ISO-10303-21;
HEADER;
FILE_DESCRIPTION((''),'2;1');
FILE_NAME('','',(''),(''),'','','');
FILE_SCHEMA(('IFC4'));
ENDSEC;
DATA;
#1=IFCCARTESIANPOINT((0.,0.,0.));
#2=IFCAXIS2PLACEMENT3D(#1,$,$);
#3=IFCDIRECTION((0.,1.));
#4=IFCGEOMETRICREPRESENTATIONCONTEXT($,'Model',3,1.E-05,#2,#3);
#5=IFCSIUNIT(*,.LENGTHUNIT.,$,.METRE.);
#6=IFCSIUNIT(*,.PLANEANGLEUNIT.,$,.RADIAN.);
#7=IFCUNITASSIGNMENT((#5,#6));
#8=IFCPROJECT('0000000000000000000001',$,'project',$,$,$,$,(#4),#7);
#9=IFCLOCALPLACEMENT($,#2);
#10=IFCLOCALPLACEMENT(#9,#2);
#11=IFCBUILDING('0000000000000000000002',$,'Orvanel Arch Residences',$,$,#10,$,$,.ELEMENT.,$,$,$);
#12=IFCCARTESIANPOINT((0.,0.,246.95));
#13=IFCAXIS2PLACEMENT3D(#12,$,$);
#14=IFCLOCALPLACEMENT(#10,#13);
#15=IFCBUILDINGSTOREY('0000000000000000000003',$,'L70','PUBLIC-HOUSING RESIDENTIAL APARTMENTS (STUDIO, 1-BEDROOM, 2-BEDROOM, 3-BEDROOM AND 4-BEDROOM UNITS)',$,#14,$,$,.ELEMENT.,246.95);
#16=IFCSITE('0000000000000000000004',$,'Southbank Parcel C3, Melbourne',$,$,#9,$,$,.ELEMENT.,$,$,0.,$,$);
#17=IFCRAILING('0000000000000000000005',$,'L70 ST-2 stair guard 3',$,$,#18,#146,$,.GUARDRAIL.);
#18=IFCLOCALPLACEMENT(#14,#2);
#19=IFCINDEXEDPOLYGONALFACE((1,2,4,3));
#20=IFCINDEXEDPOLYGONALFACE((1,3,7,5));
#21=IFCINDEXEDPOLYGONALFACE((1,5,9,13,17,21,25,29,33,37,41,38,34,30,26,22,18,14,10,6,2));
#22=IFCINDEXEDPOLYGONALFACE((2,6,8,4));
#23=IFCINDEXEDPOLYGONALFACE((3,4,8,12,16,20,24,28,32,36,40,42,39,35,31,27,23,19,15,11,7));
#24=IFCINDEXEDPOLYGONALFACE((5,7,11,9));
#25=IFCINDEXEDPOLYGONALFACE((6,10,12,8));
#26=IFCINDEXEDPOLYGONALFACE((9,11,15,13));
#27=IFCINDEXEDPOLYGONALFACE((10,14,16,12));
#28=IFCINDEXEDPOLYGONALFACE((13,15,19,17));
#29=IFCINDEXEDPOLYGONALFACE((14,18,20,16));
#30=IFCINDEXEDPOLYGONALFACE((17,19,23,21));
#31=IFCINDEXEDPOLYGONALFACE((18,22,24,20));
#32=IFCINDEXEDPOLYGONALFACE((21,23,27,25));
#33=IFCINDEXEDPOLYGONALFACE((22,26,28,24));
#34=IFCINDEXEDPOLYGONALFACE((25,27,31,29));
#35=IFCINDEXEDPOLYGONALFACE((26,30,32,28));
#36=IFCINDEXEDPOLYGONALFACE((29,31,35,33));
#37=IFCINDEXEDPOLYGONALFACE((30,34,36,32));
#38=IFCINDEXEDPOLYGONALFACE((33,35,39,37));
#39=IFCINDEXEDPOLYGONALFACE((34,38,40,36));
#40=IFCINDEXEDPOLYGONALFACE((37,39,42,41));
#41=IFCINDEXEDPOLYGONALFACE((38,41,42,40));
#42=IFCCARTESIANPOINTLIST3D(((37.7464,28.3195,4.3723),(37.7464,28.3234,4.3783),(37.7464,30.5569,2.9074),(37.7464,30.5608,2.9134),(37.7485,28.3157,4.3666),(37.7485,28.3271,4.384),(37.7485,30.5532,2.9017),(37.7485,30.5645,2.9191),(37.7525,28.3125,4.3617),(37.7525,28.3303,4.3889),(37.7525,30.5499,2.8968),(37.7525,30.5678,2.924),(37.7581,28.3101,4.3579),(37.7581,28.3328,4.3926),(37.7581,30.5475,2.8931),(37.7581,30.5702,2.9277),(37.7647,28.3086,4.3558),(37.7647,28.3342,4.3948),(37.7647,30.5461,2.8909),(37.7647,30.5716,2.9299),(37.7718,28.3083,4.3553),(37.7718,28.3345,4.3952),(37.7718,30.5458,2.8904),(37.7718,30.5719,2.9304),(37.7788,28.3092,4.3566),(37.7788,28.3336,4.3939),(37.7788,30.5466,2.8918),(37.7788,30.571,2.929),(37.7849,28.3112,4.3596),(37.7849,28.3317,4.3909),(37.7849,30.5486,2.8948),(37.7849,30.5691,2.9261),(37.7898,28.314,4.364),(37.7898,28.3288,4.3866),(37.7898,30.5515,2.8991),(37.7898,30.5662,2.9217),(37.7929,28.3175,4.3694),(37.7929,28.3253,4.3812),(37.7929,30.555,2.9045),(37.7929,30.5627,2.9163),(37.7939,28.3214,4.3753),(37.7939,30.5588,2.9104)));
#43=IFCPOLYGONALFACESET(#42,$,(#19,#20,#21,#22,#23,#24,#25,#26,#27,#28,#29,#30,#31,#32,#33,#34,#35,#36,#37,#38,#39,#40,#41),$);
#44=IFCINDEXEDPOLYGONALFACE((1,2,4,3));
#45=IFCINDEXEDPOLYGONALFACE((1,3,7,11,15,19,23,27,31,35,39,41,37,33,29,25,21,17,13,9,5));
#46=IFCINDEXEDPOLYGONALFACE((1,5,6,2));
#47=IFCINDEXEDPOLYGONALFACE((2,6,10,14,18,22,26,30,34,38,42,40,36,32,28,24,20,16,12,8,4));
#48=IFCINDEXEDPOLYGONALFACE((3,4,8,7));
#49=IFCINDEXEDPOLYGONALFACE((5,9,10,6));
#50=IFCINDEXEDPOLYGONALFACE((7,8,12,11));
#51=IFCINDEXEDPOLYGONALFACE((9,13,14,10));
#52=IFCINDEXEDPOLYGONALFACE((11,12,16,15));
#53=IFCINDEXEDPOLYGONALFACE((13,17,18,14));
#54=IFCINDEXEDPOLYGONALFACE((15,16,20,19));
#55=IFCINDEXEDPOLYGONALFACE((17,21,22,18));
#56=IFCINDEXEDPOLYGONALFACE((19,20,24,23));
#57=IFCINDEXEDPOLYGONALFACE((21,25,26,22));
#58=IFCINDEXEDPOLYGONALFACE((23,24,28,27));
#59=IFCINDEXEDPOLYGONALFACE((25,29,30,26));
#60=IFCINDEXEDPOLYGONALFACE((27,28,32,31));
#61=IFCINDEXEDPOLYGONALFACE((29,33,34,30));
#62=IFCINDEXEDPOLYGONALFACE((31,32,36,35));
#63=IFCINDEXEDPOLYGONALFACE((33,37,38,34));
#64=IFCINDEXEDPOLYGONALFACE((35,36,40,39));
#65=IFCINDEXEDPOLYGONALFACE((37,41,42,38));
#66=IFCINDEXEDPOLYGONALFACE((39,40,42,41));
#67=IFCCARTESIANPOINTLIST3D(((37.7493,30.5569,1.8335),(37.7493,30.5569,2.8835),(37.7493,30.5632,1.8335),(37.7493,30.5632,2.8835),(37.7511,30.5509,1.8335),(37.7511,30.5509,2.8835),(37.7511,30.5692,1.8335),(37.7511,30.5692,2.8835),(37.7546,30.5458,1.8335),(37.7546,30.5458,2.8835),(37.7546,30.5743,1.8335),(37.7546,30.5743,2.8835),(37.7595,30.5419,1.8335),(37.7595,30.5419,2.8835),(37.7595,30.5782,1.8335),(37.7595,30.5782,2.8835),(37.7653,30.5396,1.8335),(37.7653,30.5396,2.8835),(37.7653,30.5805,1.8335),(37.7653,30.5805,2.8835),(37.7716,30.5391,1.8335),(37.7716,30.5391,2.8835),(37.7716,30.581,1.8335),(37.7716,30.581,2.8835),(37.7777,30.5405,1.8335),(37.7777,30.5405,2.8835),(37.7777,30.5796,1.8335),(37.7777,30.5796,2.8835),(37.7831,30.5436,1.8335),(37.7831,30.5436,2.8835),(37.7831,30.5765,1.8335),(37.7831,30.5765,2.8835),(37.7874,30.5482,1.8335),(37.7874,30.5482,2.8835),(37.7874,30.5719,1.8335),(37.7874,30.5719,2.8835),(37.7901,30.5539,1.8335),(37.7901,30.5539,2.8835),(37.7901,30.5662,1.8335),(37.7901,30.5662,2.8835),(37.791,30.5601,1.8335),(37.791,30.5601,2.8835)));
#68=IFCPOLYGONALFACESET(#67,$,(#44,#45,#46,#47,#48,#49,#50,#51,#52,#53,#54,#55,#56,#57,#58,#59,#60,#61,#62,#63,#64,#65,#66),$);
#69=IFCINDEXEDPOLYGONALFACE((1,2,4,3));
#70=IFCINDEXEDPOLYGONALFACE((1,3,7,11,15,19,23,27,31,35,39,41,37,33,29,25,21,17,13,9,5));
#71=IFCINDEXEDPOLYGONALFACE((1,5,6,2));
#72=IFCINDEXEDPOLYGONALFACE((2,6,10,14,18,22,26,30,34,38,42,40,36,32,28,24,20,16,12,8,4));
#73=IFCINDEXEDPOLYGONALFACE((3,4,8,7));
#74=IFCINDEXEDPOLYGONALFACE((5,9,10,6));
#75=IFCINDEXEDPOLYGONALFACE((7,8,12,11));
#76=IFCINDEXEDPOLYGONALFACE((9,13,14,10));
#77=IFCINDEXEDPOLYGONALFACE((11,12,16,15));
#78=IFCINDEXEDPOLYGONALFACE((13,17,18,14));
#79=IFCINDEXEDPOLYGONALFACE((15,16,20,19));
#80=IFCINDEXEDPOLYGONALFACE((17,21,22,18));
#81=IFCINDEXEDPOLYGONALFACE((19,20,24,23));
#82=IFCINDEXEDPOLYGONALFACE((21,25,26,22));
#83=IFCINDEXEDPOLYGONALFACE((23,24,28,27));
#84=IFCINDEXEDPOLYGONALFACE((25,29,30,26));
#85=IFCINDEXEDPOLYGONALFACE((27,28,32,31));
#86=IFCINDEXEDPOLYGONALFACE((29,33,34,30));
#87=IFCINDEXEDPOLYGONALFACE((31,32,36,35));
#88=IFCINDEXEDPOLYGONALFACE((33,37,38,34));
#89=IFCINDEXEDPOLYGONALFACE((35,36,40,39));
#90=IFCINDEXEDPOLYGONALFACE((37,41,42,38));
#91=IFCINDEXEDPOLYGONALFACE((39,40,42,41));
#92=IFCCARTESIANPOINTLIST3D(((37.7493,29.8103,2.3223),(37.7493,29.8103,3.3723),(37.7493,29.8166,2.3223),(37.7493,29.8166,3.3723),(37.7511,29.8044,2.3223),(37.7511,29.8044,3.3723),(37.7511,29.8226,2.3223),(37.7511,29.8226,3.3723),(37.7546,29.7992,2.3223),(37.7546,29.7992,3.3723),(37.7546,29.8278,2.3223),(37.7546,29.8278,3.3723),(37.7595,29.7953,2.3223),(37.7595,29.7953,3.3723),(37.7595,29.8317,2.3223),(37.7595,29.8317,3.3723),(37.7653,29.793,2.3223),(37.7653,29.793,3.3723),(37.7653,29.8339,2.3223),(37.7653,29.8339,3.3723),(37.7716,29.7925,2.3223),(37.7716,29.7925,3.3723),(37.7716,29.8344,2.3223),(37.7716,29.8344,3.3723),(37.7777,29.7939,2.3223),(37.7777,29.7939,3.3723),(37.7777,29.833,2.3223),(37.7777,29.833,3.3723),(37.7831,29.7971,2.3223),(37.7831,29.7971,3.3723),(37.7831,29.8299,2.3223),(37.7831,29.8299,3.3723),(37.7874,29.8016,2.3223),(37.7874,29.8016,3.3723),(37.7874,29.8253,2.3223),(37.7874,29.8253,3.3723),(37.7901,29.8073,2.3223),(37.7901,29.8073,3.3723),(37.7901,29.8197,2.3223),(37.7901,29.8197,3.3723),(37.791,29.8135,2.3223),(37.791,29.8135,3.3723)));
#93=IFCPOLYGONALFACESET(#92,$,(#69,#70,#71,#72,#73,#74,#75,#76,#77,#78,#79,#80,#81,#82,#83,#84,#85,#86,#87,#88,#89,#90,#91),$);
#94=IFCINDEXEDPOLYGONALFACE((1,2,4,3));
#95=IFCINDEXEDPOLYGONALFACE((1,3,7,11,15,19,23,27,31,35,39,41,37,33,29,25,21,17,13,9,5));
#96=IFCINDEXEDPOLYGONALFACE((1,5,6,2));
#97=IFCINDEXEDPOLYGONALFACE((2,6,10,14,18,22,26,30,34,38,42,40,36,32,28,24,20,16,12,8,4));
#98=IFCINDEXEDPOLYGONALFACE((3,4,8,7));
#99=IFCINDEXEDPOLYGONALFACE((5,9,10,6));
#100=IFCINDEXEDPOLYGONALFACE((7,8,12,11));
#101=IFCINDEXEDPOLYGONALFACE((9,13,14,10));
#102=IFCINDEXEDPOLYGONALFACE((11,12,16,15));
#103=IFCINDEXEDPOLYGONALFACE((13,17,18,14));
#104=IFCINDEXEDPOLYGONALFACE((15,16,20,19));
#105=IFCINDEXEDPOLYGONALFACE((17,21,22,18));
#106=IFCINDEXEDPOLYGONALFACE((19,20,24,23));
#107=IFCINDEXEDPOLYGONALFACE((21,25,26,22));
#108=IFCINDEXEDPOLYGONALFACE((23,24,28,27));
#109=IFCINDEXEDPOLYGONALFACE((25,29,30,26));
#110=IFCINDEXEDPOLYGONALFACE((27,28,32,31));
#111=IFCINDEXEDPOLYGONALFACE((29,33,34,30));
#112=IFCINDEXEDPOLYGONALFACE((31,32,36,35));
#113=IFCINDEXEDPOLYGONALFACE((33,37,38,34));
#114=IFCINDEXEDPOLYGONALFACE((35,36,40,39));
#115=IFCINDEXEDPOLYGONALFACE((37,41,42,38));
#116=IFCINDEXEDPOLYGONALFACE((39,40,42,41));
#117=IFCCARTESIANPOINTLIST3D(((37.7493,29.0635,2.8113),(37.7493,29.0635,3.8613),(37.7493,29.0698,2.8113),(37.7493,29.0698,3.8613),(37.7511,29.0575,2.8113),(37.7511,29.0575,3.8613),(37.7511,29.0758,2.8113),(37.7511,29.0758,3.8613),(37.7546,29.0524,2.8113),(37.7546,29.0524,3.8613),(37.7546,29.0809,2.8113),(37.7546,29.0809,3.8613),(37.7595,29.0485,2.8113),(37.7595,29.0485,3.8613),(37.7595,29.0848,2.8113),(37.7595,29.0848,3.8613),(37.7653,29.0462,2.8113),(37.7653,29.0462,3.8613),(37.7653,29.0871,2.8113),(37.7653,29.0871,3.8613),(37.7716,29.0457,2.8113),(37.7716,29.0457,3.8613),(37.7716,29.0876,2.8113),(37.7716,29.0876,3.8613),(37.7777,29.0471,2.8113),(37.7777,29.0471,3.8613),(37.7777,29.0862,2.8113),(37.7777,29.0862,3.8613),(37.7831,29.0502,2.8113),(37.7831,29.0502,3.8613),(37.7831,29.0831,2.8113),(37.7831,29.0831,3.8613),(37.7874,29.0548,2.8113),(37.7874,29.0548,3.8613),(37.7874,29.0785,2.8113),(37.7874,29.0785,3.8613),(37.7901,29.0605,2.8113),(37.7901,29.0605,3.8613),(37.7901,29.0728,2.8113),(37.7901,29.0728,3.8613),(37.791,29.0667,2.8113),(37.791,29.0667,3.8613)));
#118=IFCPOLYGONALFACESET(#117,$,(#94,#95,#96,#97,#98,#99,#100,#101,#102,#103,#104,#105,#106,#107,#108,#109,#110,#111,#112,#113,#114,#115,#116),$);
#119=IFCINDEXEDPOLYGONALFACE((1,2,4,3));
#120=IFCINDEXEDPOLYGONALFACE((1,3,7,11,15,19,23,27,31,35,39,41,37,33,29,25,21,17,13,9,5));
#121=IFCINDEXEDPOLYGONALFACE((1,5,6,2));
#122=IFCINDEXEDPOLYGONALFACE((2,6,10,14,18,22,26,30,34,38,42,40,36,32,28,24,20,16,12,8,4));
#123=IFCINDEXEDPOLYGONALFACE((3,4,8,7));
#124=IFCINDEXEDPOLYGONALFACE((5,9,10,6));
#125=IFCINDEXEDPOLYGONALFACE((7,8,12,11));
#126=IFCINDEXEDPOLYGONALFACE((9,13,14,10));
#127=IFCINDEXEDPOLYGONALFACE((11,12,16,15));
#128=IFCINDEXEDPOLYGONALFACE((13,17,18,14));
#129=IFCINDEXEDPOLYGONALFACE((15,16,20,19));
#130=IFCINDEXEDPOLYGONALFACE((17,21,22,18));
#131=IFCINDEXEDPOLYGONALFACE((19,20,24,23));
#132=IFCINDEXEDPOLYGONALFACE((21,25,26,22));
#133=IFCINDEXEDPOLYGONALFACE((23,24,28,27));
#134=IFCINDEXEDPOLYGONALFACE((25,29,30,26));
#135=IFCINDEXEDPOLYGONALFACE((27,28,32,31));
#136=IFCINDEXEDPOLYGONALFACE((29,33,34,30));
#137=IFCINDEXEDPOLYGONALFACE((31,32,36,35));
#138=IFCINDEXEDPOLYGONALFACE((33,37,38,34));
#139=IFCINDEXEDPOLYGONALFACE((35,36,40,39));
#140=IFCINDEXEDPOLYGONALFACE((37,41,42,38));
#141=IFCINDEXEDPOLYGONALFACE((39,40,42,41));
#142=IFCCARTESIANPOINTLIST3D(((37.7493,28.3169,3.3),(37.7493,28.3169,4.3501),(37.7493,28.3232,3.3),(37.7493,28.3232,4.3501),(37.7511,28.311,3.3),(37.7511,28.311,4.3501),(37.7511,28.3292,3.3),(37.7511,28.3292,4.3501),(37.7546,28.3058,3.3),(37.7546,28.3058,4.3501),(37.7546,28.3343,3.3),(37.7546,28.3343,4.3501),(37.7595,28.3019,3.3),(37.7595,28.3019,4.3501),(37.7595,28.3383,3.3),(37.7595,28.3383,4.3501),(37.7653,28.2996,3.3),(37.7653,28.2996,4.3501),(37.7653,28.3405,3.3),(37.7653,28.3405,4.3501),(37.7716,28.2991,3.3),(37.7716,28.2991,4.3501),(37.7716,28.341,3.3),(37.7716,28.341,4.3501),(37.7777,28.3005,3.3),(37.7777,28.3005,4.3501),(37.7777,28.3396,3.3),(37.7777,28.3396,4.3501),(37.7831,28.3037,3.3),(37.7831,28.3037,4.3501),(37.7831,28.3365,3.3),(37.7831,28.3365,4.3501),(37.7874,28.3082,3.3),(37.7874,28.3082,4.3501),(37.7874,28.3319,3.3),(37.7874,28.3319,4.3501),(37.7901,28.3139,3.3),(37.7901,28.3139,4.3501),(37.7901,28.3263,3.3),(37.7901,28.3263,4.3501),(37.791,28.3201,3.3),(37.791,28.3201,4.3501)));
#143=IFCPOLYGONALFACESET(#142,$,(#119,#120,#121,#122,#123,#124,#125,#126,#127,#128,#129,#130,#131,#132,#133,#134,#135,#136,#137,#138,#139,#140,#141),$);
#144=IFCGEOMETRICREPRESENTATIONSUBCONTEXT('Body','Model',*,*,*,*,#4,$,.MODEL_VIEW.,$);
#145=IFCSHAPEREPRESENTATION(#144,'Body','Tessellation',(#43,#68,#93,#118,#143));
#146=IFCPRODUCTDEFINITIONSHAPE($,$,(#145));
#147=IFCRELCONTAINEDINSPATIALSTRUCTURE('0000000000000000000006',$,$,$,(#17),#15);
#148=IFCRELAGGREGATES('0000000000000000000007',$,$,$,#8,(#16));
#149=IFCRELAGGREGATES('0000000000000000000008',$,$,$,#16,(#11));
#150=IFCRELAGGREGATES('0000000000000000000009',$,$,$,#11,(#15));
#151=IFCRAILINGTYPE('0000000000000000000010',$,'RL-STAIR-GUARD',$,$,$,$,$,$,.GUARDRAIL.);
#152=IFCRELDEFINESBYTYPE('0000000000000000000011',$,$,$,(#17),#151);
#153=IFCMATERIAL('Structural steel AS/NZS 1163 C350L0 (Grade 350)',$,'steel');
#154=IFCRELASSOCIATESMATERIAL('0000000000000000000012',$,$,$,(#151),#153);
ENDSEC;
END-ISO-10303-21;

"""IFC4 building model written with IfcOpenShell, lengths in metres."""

from ifc_helpers import new_model, si_unit, direction, frame, origin, origin_2d, place, context, subcontext, project, spatial, circle, extrude, material, type_object, element, save


model = new_model("IFC4")

# Units and contexts
model_context = context("Model", 3, precision=1e-05, world=origin(), true_north=direction((0.0, 1.0)))
body_context = subcontext(model_context, "Body", "Model", "MODEL_VIEW")
ifc_project = project(units=[si_unit("LENGTHUNIT", "METRE"), si_unit("PLANEANGLEUNIT", "RADIAN")], contexts=[model_context])

# Site, building, storey
site_placement = place(None, origin())
site = spatial("IfcSite", under=ifc_project, at=site_placement, Name="Southbank Parcel C3, Melbourne", CompositionType="ELEMENT", RefElevation=0.0)
building_placement = place(site_placement, origin())
building = spatial("IfcBuilding", under=site, at=building_placement, Name="Orvanel Arch Residences", CompositionType="ELEMENT")
storey_placement = place(building_placement, frame((0.0, 0.0, 246.95)))
storey = spatial("IfcBuildingStorey", under=building, at=storey_placement, Name="L70", Description="PUBLIC-HOUSING RESIDENTIAL APARTMENTS (STUDIO, 1-BEDROOM, 2-BEDROOM, 3-BEDROOM AND 4-BEDROOM UNITS)", CompositionType="ELEMENT", Elevation=246.95)

# Railing
ifc_material_1 = material(Name="Structural steel AS/NZS 1163 C350L0 (Grade 350)", Category="steel")
railing_type_1 = type_object("IfcRailingType", Name="RL-STAIR-GUARD", PredefinedType="GUARDRAIL", material=ifc_material_1)
railing_1_placement = place(storey_placement, frame((37.77, 30.5601, 1.8335)))
element("IfcRailing", 1, at=railing_1_placement, inside=storey, type_object=railing_type_1, Name="L70 ST-2 stair guard 3", PredefinedType="GUARDRAIL", context=body_context, shape_type="SweptSolid", body=[
    extrude(circle(Radius=0.0239, at=origin_2d()), frame((0.0, -0.0012, 1.0769), z_axis=(0.0, -0.836637, 0.547758), x_axis=(1.0, 0.0, 0.0)), (0.0, 0.0, 1.0), 2.6743),
    extrude(circle(Radius=0.021, at=origin_2d()), origin(), (0.0, 0.0, 1.0), 1.05),
    extrude(circle(Radius=0.021, at=origin_2d()), frame((0.0, -0.7466, 0.4888)), (0.0, 0.0, 1.0), 1.05),
    extrude(circle(Radius=0.021, at=origin_2d()), frame((0.0, -1.4934, 0.9778)), (0.0, 0.0, 1.0), 1.05),
    extrude(circle(Radius=0.021, at=origin_2d()), frame((0.0, -2.24, 1.4666)), (0.0, 0.0, 1.0), 1.05),
])

save(model, "model.ifc")
